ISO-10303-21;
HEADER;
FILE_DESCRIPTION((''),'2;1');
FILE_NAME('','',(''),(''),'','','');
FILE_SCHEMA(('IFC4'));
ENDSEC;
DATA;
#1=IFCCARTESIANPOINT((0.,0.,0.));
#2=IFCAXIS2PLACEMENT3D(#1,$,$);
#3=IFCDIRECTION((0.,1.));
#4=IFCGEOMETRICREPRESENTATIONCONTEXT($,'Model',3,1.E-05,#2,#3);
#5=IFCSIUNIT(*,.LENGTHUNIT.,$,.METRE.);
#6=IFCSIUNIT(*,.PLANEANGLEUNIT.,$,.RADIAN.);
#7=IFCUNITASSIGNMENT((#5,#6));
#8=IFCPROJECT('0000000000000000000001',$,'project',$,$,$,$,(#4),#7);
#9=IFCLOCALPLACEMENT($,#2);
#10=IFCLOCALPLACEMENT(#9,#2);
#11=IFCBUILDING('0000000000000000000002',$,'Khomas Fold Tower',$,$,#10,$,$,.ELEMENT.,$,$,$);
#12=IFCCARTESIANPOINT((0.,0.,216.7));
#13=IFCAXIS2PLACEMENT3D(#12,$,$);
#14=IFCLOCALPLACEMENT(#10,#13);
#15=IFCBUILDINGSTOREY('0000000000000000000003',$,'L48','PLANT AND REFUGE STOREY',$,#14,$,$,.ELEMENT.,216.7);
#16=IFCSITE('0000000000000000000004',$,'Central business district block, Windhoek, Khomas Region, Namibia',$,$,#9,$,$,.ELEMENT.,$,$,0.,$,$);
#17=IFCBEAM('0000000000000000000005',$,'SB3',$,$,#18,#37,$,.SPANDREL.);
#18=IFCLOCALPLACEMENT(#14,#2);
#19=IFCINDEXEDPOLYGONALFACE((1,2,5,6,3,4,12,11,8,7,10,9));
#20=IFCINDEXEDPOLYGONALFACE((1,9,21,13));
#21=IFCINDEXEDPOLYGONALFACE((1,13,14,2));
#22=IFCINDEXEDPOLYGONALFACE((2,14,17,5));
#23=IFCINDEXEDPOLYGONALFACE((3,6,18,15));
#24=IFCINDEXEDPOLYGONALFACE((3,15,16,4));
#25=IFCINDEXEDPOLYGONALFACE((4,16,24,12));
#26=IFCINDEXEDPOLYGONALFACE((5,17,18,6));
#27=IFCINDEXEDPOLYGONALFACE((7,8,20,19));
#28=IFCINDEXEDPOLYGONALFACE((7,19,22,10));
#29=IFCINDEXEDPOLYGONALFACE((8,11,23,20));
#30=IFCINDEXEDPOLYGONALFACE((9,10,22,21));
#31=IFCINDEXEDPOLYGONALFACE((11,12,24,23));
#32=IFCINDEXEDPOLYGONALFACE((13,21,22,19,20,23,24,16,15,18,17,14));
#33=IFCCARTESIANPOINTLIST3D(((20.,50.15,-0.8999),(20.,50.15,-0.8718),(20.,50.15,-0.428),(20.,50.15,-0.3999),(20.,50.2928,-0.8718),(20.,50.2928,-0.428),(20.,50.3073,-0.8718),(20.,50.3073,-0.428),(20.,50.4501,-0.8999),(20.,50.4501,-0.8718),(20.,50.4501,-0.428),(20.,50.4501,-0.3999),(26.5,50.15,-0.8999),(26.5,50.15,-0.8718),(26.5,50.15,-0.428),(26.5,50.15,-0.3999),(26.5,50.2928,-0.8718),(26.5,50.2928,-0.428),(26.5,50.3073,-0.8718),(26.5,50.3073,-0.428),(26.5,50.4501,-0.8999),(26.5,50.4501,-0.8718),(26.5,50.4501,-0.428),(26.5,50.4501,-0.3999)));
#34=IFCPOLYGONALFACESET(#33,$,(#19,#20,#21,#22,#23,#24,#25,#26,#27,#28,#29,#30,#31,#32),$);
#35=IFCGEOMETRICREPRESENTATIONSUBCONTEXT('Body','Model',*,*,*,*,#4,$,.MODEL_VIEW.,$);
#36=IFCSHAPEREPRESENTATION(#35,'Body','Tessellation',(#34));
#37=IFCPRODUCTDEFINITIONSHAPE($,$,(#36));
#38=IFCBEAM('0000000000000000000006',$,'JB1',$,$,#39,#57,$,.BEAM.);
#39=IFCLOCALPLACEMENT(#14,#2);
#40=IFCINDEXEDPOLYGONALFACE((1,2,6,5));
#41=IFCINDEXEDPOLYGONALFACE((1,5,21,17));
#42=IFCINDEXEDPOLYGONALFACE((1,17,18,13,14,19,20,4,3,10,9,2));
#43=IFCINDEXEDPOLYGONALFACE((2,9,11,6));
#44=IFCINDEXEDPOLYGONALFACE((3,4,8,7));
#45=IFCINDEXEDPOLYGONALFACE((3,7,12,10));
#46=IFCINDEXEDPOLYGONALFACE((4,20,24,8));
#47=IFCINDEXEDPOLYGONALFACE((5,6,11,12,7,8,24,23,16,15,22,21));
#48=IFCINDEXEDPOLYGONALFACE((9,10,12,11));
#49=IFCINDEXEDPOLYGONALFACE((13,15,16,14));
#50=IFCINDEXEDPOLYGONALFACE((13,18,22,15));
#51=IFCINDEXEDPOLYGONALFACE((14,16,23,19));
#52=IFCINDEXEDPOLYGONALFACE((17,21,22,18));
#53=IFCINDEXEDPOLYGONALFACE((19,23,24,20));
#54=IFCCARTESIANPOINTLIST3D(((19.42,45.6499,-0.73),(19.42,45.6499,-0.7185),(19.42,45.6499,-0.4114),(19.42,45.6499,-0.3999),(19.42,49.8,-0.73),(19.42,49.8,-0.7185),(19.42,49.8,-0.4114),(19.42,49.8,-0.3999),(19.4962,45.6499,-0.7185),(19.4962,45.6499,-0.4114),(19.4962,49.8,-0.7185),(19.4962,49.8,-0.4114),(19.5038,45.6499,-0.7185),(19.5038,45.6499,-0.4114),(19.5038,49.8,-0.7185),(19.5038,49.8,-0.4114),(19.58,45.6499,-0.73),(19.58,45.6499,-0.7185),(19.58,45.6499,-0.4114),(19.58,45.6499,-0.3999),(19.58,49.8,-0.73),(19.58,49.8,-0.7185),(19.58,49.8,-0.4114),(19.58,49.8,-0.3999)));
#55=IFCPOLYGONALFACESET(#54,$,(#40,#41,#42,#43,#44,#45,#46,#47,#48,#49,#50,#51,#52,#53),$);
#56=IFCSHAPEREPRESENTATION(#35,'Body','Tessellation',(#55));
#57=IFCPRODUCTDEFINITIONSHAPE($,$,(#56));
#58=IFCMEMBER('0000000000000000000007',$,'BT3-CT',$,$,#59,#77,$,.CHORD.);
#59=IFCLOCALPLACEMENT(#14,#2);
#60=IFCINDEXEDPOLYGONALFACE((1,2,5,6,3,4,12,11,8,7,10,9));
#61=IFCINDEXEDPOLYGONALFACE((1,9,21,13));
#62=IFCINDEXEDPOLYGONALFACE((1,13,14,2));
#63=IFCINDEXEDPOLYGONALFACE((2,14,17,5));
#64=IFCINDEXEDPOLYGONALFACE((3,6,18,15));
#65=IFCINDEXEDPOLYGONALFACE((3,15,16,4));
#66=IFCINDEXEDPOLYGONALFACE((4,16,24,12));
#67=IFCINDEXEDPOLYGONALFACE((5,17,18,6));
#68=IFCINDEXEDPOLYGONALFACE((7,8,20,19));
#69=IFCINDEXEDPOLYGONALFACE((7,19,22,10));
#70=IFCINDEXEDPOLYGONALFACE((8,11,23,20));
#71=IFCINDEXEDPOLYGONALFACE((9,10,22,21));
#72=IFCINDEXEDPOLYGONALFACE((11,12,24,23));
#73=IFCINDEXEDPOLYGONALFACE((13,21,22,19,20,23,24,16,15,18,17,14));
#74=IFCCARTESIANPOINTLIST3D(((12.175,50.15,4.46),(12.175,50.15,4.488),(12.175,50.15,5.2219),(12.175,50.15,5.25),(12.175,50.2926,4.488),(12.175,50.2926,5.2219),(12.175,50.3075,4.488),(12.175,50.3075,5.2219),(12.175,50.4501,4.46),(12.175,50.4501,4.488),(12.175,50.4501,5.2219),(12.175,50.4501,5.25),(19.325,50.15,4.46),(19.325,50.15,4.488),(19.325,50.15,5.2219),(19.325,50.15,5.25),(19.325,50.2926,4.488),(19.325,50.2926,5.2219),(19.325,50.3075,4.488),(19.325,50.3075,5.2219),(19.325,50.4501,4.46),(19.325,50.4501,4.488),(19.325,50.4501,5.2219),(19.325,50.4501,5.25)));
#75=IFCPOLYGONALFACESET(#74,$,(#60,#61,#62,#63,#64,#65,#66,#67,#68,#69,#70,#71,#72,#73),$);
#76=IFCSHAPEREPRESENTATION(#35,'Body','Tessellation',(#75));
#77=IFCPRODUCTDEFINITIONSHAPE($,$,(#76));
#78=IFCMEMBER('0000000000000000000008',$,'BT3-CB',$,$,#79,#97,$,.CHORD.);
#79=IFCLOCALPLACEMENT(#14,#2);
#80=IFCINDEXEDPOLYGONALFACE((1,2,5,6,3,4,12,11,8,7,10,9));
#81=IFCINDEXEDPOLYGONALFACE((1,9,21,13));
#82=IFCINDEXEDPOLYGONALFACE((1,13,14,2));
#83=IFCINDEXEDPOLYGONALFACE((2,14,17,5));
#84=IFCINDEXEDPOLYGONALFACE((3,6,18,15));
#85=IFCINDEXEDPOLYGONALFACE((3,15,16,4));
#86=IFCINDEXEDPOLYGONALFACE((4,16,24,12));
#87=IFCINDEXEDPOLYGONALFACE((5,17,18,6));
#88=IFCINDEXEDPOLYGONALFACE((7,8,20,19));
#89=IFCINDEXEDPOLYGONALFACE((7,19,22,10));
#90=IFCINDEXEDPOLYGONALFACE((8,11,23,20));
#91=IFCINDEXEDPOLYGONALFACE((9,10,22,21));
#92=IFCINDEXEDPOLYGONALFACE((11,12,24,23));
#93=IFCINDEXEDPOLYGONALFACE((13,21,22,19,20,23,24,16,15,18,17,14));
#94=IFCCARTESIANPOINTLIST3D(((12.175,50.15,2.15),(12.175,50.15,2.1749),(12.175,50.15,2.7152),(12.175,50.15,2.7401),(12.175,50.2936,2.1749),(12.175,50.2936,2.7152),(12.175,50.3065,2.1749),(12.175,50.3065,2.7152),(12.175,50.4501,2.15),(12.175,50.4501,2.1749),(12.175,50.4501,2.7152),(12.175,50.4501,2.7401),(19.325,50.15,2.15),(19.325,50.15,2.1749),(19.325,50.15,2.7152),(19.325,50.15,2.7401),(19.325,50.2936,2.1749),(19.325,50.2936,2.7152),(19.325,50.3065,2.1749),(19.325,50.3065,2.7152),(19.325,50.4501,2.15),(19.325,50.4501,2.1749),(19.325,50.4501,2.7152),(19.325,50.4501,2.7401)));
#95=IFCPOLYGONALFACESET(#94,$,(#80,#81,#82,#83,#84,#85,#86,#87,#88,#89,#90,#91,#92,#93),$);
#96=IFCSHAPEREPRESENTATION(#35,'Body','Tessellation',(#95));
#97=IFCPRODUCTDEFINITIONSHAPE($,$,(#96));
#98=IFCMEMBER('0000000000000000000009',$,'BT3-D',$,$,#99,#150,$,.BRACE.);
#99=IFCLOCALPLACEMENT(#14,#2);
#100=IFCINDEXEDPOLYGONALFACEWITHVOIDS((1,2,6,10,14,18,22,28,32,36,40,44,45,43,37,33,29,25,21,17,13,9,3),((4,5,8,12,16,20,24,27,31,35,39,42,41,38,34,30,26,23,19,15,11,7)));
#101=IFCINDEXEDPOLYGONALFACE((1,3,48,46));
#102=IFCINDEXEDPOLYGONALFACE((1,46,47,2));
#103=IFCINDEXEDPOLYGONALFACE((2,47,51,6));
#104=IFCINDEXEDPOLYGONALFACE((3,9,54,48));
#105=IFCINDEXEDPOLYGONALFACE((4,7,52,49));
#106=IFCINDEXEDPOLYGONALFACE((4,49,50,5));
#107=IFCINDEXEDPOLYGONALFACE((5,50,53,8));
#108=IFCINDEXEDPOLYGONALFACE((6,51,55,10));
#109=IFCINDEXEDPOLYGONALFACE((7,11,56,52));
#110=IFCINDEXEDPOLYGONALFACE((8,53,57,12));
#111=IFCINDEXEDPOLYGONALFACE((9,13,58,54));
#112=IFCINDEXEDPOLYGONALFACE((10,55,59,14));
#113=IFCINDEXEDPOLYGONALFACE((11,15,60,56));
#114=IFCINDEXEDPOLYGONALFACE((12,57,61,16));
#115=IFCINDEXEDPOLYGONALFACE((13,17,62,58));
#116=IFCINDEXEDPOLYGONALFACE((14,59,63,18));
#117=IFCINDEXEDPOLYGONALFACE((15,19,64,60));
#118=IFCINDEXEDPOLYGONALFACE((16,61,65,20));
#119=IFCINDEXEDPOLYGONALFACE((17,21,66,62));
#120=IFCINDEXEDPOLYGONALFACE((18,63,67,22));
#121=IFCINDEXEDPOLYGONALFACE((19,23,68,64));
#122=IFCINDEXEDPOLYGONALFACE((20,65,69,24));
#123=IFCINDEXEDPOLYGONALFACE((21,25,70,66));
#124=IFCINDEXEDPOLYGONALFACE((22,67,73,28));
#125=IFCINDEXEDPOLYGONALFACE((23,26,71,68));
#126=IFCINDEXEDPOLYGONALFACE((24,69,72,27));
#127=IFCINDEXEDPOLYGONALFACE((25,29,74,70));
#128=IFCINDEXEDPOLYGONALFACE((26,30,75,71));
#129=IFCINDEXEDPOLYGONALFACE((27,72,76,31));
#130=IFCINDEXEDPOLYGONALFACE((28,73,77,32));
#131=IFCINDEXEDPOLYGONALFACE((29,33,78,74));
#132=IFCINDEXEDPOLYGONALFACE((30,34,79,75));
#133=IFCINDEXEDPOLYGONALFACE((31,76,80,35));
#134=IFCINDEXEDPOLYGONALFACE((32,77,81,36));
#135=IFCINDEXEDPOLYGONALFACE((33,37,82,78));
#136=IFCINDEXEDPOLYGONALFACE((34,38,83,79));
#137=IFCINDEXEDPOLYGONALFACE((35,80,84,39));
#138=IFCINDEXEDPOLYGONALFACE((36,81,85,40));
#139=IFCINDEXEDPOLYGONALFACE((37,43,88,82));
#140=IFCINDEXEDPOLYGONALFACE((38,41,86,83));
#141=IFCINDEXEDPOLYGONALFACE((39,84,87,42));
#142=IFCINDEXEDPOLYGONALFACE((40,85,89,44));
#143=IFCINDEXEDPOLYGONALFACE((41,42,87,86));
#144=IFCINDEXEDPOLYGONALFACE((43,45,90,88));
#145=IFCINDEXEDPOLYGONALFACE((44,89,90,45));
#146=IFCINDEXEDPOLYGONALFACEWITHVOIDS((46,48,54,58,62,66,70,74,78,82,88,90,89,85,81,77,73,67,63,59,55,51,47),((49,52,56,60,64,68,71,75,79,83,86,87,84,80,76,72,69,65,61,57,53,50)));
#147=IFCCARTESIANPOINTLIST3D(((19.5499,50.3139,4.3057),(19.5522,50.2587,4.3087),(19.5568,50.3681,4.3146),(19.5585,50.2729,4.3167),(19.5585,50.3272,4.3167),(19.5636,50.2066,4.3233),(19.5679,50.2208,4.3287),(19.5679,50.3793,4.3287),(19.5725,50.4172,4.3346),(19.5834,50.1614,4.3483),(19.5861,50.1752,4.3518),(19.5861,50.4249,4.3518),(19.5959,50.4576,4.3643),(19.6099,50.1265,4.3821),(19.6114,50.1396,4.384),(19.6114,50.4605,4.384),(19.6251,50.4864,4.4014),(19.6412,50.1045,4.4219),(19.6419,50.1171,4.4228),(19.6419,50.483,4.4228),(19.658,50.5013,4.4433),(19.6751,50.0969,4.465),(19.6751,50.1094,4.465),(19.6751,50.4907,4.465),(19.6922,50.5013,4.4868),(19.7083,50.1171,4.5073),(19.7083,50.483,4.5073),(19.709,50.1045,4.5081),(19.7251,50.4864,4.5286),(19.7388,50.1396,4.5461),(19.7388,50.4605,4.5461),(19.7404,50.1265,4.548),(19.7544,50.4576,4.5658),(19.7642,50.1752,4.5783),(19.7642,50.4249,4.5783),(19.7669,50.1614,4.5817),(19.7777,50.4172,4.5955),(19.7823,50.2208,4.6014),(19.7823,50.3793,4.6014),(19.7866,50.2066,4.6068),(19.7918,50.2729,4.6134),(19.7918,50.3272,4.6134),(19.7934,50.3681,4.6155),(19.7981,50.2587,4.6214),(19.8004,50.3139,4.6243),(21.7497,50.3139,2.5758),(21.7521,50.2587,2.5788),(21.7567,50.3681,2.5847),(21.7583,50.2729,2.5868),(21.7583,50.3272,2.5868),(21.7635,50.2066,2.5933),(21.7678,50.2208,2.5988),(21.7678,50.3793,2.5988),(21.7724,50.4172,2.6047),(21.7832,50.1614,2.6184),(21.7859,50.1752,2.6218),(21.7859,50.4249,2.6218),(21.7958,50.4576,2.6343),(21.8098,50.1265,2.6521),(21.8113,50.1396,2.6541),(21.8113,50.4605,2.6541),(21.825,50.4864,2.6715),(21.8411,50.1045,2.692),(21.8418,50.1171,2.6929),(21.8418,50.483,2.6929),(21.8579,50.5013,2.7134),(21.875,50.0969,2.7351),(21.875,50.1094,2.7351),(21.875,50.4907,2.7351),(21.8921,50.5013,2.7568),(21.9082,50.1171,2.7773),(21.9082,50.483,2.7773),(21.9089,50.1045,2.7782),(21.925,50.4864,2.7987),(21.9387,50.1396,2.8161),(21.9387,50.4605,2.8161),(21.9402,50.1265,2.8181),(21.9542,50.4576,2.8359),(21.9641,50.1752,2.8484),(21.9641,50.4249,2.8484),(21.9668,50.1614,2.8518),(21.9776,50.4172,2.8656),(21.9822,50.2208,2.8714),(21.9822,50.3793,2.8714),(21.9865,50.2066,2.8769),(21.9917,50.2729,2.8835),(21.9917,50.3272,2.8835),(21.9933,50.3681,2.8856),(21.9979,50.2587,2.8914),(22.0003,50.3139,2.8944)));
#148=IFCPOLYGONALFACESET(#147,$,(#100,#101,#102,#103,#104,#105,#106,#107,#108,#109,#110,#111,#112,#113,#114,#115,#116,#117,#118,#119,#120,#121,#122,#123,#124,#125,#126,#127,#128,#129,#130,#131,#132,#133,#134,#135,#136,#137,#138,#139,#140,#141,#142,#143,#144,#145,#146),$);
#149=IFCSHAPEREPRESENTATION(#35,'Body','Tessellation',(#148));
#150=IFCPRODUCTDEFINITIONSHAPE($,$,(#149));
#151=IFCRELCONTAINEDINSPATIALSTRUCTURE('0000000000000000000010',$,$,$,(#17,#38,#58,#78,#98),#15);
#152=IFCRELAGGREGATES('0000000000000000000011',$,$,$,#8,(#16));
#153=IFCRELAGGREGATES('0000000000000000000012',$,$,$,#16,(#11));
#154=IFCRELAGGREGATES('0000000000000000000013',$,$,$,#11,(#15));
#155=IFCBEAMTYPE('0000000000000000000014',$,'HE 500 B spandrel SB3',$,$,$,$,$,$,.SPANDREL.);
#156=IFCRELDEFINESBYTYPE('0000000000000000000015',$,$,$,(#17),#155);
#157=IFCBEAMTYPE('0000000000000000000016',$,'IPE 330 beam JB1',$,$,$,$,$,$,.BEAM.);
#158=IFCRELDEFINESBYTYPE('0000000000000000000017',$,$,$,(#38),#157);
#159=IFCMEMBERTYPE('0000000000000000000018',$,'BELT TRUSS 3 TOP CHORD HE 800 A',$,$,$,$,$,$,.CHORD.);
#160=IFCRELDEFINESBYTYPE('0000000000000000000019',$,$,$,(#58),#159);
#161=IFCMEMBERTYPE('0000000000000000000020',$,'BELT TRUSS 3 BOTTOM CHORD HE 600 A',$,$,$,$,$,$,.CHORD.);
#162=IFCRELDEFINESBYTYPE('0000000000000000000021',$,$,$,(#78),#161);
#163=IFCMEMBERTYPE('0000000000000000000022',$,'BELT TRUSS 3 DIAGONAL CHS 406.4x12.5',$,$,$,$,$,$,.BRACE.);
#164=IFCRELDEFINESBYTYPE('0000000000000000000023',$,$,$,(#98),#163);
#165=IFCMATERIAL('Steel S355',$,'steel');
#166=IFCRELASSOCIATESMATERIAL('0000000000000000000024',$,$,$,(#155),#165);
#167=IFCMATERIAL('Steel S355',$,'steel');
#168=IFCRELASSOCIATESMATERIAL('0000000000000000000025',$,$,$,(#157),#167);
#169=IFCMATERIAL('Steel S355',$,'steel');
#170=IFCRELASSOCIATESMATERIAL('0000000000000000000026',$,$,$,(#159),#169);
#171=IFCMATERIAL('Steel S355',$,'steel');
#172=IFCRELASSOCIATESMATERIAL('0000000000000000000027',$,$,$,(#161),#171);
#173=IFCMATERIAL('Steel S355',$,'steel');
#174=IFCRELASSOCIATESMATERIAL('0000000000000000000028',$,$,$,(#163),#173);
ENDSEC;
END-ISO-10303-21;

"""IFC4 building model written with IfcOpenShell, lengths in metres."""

from ifc_helpers import new_model, si_unit, direction, frame, origin, origin_2d, place, context, subcontext, project, spatial, hollow_circle, i_section, extrude, source, transform, mapped, material, material_profile, profile_set, type_object, element, save


model = new_model("IFC4")

# Units and contexts
model_context = context("Model", 3, precision=1e-05, world=origin(), true_north=direction((0.0, 1.0)))
body_context = subcontext(model_context, "Body", "Model", "MODEL_VIEW")
ifc_project = project(units=[si_unit("LENGTHUNIT", "METRE"), si_unit("PLANEANGLEUNIT", "RADIAN")], contexts=[model_context])

# Site, building, storey
site_placement = place(None, origin())
site = spatial("IfcSite", under=ifc_project, at=site_placement, Name="Central business district block, Windhoek, Khomas Region, Namibia", CompositionType="ELEMENT", RefElevation=0.0)
building_placement = place(site_placement, origin())
building = spatial("IfcBuilding", under=site, at=building_placement, Name="Khomas Fold Tower", CompositionType="ELEMENT")
storey_placement = place(building_placement, frame((0.0, 0.0, 216.7)))
storey = spatial("IfcBuildingStorey", under=building, at=storey_placement, Name="L48", Description="PLANT AND REFUGE STOREY", CompositionType="ELEMENT", Elevation=216.7)

# Beams
ifc_material_1 = material(Name="Steel S355", Category="steel")
ifc_material_profile_1 = material_profile(ifc_material_1, i_section(OverallWidth=0.3, OverallDepth=0.5, WebThickness=0.0144, FlangeThickness=0.0281, at=origin_2d()), Name="HE 500 B")
ifc_profile_set_1 = profile_set([ifc_material_profile_1], Name="Steel S355")
beam_type_1 = type_object("IfcBeamType", Name="HE 500 B spandrel SB3", PredefinedType="SPANDREL", material=ifc_profile_set_1)
shared_shape_1 = source(origin(), body_context, "Body", "SweptSolid", [
    extrude(i_section(OverallWidth=0.3, OverallDepth=0.5, WebThickness=0.0144, FlangeThickness=0.0281, at=origin_2d()), origin(), (0.0, 0.0, 1.0), 6.5),
])
beam_1_placement = place(storey_placement, frame((20.0, 50.3, -0.6499), z_axis=(1.0, 0.0, 0.0), x_axis=(0.0, 1.0, 0.0)))
element("IfcBeam", 1, at=beam_1_placement, inside=storey, type_object=beam_type_1, Name="SB3", PredefinedType="SPANDREL", context=body_context, shape_type="MappedRepresentation", body=[
    mapped(shared_shape_1, transform((0.0, 0.0, 0.0))),
])
ifc_material_2 = material(Name="Steel S355", Category="steel")
ifc_material_profile_2 = material_profile(ifc_material_2, i_section(OverallWidth=0.1599, OverallDepth=0.3301, WebThickness=0.0076, FlangeThickness=0.0115, at=origin_2d()), Name="IPE 330")
ifc_profile_set_2 = profile_set([ifc_material_profile_2], Name="Steel S355")
beam_type_2 = type_object("IfcBeamType", Name="IPE 330 beam JB1", PredefinedType="BEAM", material=ifc_profile_set_2)
shared_shape_2 = source(origin(), body_context, "Body", "SweptSolid", [
    extrude(i_section(OverallWidth=0.1599, OverallDepth=0.3301, WebThickness=0.0076, FlangeThickness=0.0115, at=origin_2d()), origin(), (0.0, 0.0, 1.0), 4.1501),
])
beam_2_placement = place(storey_placement, frame((19.5, 45.6499, -0.5649), z_axis=(0.0, 1.0, 0.0), x_axis=(-1.0, 0.0, 0.0)))
element("IfcBeam", 2, at=beam_2_placement, inside=storey, type_object=beam_type_2, Name="JB1", PredefinedType="BEAM", context=body_context, shape_type="MappedRepresentation", body=[
    mapped(shared_shape_2, transform((0.0, 0.0, 0.0))),
])

# Members
ifc_material_3 = material(Name="Steel S355", Category="steel")
ifc_material_profile_3 = material_profile(ifc_material_3, i_section(OverallWidth=0.3, OverallDepth=0.79, WebThickness=0.0149, FlangeThickness=0.0281, at=origin_2d()), Name="HE 800 A")
ifc_profile_set_3 = profile_set([ifc_material_profile_3], Name="Steel S355")
member_type_1 = type_object("IfcMemberType", Name="BELT TRUSS 3 TOP CHORD HE 800 A", PredefinedType="CHORD", material=ifc_profile_set_3)
shared_shape_3 = source(origin(), body_context, "Body", "SweptSolid", [
    extrude(i_section(OverallWidth=0.3, OverallDepth=0.79, WebThickness=0.0149, FlangeThickness=0.0281, at=origin_2d()), origin(), (0.0, 0.0, 1.0), 7.1499),
])
member_1_placement = place(storey_placement, frame((19.325, 50.3, 4.855), z_axis=(-1.0, 0.0, 0.0), x_axis=(0.0, -1.0, 0.0)))
element("IfcMember", 3, at=member_1_placement, inside=storey, type_object=member_type_1, Name="BT3-CT", PredefinedType="CHORD", context=body_context, shape_type="MappedRepresentation", body=[
    mapped(shared_shape_3, transform((0.0, 0.0, 0.0))),
])
ifc_material_4 = material(Name="Steel S355", Category="steel")
ifc_material_profile_4 = material_profile(ifc_material_4, i_section(OverallWidth=0.3, OverallDepth=0.5901, WebThickness=0.0129, FlangeThickness=0.0249, at=origin_2d()), Name="HE 600 A")
ifc_profile_set_4 = profile_set([ifc_material_profile_4], Name="Steel S355")
member_type_2 = type_object("IfcMemberType", Name="BELT TRUSS 3 BOTTOM CHORD HE 600 A", PredefinedType="CHORD", material=ifc_profile_set_4)
shared_shape_4 = source(origin(), body_context, "Body", "SweptSolid", [
    extrude(i_section(OverallWidth=0.3, OverallDepth=0.5901, WebThickness=0.0129, FlangeThickness=0.0249, at=origin_2d()), origin(), (0.0, 0.0, 1.0), 7.1499),
])
member_2_placement = place(storey_placement, frame((19.325, 50.3, 2.4451), z_axis=(-1.0, 0.0, 0.0), x_axis=(0.0, -1.0, 0.0)))
element("IfcMember", 4, at=member_2_placement, inside=storey, type_object=member_type_2, Name="BT3-CB", PredefinedType="CHORD", context=body_context, shape_type="MappedRepresentation", body=[
    mapped(shared_shape_4, transform((0.0, 0.0, 0.0))),
])
ifc_material_5 = material(Name="Steel S355", Category="steel")
ifc_material_profile_5 = material_profile(ifc_material_5, hollow_circle(Radius=0.2031, WallThickness=0.0125, at=origin_2d()), Name="CHS 406.4x12.5")
ifc_profile_set_5 = profile_set([ifc_material_profile_5], Name="Steel S355")
member_type_3 = type_object("IfcMemberType", Name="BELT TRUSS 3 DIAGONAL CHS 406.4x12.5", PredefinedType="BRACE", material=ifc_profile_set_5)
shared_shape_5 = source(origin(), body_context, "Body", "SweptSolid", [
    extrude(hollow_circle(Radius=0.2031, WallThickness=0.0125, at=origin_2d()), origin(), (0.0, 0.0, 1.0), 2.7986),
])
for number, where, z_axis, x_axis, name in (
    (5, (21.875, 50.3, 2.7351), (-0.786067, 0.0, 0.618141), (0.0, -1.0, 0.0), "BT3-D"),
):
    element("IfcMember", number, at=place(storey_placement, frame(where, z_axis=z_axis, x_axis=x_axis)), inside=storey, type_object=member_type_3, Name=name, PredefinedType="BRACE", context=body_context, shape_type="MappedRepresentation", body=[
        mapped(shared_shape_5, transform((0.0, 0.0, 0.0))),
    ])

save(model, "model.ifc")
